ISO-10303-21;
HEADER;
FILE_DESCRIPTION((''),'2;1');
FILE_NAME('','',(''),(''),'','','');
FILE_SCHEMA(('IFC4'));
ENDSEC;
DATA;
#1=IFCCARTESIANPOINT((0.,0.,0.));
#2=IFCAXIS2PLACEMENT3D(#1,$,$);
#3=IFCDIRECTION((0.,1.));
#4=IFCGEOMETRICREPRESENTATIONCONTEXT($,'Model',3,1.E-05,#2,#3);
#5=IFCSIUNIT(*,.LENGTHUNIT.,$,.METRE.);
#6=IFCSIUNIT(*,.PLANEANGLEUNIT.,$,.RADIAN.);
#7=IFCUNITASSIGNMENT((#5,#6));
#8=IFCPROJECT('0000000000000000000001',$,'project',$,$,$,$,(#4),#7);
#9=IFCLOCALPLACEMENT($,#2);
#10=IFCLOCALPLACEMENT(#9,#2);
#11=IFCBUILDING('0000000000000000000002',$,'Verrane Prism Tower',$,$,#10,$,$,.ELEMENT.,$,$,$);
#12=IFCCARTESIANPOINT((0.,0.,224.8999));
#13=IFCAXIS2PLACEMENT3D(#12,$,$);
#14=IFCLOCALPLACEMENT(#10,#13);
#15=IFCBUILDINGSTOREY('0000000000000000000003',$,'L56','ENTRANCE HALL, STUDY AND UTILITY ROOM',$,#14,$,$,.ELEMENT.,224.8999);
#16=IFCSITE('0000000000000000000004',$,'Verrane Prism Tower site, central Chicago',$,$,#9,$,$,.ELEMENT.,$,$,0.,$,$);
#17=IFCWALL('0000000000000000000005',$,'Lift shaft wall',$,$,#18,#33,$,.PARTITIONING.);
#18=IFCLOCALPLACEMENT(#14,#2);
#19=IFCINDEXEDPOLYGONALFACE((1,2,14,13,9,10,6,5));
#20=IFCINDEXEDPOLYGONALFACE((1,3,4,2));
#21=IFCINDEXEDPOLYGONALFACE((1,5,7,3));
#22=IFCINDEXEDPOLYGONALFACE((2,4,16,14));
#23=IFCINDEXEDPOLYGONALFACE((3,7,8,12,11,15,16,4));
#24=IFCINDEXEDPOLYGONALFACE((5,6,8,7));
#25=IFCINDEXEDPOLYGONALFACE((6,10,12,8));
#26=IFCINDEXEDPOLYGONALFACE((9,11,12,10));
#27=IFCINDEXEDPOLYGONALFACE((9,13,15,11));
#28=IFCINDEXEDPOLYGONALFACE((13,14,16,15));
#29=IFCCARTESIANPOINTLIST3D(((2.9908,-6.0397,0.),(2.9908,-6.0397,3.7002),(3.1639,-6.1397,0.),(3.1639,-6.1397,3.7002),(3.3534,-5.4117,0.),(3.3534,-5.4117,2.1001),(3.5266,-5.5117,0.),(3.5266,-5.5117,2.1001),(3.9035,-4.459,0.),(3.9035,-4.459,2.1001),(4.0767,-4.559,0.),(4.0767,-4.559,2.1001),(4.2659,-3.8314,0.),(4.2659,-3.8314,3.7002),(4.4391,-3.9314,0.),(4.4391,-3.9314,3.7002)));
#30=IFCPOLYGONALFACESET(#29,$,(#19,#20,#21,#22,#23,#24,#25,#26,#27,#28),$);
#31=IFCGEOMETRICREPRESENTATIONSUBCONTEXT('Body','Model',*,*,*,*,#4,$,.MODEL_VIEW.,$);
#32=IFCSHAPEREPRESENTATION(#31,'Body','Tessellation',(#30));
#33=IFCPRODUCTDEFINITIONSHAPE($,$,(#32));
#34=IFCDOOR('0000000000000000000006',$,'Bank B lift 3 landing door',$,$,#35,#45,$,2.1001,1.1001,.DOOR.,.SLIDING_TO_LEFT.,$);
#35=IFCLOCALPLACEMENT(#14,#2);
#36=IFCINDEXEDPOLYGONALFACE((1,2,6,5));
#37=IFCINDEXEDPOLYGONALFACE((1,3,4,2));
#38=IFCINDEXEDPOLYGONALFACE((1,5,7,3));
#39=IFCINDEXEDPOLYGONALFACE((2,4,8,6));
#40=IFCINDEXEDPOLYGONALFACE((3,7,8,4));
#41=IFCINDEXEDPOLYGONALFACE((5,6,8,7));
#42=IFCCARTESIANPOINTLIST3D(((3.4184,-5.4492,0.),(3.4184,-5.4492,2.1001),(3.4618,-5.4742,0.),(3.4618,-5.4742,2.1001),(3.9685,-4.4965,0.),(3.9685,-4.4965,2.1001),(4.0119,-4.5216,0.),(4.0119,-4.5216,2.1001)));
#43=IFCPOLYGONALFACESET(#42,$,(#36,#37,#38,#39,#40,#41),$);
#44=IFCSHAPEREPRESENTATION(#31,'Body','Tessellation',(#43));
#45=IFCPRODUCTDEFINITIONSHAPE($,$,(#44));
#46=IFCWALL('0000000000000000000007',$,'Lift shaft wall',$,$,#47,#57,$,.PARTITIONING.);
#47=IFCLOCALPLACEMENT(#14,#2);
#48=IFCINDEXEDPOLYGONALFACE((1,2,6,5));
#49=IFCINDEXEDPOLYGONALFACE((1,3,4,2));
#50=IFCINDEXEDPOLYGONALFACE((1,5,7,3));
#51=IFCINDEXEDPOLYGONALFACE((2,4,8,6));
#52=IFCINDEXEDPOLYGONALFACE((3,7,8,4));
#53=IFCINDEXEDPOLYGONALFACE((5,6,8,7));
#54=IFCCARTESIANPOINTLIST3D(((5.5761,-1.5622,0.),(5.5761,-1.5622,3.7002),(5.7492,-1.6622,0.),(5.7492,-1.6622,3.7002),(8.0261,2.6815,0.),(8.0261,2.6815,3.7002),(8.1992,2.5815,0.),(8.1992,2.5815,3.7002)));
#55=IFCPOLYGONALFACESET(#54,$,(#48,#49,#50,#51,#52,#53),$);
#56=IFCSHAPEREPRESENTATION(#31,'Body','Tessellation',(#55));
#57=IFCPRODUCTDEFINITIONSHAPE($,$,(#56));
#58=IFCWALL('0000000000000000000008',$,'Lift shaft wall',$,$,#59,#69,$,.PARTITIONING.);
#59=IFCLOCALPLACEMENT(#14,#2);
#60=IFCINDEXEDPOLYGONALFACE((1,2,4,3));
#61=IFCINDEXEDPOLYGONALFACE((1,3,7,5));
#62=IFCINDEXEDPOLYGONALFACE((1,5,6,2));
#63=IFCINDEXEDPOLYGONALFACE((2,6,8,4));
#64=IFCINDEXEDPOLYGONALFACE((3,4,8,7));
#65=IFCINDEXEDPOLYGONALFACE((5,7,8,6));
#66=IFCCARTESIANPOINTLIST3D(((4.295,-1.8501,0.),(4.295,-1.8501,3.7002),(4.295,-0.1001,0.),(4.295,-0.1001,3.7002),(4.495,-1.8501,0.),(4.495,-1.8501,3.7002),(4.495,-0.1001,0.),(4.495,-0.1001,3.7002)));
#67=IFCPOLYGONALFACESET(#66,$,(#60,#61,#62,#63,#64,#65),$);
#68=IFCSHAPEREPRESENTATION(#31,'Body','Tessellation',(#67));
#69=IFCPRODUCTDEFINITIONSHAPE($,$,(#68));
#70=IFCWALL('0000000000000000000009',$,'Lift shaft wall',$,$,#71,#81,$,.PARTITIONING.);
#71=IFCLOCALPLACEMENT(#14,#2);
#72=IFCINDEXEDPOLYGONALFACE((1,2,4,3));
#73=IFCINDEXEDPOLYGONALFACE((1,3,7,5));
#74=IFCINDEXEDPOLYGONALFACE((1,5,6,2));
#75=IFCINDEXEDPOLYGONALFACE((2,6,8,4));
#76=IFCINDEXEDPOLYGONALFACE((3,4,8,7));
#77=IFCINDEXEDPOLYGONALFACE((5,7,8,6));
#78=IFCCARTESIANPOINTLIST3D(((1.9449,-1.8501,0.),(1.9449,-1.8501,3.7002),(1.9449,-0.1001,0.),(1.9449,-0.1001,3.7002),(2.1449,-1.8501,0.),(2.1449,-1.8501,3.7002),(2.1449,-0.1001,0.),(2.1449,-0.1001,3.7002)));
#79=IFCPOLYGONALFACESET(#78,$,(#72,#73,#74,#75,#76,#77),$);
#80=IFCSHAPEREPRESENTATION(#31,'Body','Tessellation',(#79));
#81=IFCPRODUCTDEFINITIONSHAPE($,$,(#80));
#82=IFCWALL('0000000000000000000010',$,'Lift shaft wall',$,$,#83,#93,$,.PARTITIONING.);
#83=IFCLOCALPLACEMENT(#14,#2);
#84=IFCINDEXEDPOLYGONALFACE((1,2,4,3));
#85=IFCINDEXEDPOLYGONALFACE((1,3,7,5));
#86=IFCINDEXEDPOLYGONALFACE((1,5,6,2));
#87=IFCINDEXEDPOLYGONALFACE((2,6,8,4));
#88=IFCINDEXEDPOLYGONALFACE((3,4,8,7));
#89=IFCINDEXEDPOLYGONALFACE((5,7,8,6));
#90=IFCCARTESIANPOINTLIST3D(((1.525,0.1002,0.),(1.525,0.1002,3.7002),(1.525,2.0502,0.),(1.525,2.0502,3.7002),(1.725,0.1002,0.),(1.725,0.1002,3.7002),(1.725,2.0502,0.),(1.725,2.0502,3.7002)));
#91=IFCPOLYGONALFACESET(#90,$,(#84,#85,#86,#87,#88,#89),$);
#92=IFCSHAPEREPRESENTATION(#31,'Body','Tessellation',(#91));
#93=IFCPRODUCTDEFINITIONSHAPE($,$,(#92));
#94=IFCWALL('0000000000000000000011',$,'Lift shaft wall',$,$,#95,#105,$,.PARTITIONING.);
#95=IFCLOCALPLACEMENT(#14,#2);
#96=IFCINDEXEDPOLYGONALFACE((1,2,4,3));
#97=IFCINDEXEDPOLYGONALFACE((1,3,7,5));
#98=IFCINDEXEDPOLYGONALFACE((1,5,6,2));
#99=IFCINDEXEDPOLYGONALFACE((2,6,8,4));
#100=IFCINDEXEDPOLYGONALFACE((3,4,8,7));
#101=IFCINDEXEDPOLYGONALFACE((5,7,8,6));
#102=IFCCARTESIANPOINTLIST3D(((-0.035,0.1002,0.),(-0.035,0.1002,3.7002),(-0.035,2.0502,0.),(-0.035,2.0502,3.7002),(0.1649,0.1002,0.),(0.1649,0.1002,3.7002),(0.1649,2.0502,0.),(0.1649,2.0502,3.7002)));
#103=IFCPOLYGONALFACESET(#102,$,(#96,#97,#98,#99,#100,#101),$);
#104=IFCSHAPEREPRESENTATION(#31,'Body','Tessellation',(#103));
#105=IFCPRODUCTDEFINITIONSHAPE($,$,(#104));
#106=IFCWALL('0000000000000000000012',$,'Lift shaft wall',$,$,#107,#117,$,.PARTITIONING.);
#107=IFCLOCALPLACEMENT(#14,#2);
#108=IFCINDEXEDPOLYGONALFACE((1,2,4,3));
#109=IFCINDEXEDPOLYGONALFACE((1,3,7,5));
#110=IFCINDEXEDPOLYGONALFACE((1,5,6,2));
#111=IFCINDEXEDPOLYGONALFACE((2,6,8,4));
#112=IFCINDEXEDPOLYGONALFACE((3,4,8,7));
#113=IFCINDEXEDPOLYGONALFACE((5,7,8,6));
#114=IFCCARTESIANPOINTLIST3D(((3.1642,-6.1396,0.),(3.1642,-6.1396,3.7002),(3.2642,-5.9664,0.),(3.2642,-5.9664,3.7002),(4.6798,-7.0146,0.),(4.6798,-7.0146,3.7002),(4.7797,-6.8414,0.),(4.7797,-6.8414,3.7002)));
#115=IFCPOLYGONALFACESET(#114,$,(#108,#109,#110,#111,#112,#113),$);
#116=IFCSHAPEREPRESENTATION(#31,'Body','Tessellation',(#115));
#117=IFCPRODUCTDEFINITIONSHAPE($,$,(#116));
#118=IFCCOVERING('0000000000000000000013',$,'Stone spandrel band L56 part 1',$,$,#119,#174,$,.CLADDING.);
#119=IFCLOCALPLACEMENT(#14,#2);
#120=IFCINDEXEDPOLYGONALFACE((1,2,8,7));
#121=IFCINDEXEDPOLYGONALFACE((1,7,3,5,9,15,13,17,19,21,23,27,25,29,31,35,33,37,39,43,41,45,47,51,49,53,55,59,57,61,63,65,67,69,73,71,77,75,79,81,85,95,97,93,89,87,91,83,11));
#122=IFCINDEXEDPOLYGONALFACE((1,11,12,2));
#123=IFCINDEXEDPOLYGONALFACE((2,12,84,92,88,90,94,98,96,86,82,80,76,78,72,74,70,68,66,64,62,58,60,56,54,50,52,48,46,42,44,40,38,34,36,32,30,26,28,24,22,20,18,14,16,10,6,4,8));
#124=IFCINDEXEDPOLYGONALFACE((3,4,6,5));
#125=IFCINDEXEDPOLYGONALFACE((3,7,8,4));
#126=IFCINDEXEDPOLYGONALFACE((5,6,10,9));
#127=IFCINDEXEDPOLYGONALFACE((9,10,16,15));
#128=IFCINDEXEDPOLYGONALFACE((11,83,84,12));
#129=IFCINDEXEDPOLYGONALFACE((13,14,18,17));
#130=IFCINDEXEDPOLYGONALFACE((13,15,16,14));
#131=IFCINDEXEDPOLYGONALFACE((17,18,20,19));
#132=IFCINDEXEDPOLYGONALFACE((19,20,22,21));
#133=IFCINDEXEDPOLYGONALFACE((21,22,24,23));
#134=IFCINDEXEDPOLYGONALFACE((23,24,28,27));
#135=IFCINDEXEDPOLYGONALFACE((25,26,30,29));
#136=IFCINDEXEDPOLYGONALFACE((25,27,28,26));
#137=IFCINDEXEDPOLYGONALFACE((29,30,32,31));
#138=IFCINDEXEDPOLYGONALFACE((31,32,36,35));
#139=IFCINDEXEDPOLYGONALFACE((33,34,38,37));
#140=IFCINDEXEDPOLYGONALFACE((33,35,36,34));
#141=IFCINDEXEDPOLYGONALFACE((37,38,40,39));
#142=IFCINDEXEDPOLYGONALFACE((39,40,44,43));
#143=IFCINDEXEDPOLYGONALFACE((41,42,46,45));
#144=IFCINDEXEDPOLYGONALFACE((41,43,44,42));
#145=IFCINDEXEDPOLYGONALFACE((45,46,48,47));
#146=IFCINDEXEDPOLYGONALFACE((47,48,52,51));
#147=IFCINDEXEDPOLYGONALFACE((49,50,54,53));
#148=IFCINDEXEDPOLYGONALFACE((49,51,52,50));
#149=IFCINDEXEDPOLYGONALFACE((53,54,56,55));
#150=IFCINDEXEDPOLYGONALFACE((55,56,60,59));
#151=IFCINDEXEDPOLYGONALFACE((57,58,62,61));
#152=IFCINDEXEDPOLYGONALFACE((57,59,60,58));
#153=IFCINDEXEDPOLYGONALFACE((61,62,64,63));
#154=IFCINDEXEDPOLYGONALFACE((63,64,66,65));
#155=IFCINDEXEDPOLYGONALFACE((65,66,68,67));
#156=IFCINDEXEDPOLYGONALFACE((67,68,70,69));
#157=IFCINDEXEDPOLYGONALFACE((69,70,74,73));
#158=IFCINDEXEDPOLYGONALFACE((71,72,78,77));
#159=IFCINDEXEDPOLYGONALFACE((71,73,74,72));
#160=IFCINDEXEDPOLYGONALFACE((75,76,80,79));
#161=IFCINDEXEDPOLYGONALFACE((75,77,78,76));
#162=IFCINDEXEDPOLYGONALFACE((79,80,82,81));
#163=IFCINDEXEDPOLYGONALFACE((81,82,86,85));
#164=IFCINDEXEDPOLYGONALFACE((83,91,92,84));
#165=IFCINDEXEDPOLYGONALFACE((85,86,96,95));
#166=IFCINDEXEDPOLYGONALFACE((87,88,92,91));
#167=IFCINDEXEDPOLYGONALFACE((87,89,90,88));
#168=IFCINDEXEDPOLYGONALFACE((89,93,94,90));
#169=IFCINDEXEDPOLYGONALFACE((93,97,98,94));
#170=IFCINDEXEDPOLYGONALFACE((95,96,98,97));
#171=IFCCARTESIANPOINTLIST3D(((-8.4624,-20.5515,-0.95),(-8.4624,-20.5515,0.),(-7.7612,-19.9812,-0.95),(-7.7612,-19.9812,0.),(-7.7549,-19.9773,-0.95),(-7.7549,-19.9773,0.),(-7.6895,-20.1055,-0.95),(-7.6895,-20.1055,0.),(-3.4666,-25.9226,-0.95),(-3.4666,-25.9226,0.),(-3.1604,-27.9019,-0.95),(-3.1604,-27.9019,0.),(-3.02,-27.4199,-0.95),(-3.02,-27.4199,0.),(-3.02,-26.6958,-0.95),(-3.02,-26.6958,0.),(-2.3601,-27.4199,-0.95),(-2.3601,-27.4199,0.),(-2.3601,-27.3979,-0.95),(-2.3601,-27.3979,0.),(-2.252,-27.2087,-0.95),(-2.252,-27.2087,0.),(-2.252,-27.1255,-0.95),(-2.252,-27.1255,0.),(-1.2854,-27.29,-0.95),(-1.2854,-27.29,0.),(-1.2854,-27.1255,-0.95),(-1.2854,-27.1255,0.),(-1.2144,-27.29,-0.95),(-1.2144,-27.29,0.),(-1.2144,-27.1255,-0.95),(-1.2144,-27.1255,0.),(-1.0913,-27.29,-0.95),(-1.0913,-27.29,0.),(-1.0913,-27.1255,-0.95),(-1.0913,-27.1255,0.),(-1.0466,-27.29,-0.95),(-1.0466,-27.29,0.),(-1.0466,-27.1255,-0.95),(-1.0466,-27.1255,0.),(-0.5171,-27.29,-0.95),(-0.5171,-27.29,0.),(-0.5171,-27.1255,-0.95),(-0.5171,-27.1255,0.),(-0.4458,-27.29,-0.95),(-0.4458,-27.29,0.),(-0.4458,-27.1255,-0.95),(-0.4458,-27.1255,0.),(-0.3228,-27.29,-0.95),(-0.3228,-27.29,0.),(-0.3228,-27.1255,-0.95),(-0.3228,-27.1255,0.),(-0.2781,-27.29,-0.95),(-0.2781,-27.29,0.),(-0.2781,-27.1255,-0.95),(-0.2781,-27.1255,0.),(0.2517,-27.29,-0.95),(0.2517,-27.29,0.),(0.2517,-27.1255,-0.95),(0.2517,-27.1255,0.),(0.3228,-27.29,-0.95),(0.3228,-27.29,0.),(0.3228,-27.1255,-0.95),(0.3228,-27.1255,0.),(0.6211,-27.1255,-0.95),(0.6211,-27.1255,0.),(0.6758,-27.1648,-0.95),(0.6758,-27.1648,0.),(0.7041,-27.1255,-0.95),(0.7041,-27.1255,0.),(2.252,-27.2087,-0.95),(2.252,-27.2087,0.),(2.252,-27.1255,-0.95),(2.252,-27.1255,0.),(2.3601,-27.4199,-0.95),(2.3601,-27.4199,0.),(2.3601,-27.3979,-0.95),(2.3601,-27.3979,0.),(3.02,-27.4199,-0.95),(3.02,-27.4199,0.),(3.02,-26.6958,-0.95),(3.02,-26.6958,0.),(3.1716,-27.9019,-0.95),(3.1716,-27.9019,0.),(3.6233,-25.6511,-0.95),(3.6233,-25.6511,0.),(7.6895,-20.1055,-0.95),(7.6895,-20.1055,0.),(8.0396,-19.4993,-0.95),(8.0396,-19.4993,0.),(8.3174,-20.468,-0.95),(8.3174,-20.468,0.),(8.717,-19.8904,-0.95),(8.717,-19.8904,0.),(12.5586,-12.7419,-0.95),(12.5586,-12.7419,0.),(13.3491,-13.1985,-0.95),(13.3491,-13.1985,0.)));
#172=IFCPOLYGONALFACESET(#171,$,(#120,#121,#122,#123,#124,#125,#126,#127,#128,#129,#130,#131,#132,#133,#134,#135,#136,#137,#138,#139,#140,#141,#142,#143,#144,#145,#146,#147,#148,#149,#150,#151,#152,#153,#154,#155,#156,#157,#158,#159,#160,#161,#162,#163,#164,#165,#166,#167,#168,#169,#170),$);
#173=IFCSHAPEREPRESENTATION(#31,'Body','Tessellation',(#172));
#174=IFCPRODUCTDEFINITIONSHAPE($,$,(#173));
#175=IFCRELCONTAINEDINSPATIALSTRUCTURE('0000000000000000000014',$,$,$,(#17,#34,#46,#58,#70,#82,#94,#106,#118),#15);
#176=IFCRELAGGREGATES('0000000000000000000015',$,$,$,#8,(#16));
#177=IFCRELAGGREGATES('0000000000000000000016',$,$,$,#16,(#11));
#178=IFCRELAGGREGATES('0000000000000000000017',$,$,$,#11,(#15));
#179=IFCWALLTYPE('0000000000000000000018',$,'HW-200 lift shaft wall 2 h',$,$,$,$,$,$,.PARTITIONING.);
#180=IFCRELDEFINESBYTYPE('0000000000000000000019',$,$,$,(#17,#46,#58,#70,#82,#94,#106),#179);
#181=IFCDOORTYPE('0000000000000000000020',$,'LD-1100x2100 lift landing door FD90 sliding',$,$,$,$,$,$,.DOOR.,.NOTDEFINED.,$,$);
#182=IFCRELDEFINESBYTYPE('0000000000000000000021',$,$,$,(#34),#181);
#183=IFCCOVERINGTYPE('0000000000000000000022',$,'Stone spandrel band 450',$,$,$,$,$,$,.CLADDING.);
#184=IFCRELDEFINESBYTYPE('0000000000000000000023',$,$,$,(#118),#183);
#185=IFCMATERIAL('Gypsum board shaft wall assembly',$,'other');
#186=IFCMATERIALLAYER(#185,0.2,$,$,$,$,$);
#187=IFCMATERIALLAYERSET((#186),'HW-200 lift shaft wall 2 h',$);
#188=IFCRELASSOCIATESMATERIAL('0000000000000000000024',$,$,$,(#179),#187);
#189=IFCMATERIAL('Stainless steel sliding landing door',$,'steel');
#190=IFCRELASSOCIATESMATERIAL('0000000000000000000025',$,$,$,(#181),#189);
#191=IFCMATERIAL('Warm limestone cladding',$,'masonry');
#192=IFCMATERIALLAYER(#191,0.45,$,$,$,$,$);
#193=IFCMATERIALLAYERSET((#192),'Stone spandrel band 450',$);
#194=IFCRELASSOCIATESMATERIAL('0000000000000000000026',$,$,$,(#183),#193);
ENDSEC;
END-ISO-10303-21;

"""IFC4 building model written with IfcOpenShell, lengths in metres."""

from ifc_helpers import new_model, si_unit, direction, frame, frame_2d, origin, place, context, subcontext, project, spatial, polyline, rectangle, outline, extrude, material, layer, layer_set, type_object, element, fill, save


model = new_model("IFC4")

# Units and contexts
model_context = context("Model", 3, precision=1e-05, world=origin(), true_north=direction((0.0, 1.0)))
body_context = subcontext(model_context, "Body", "Model", "MODEL_VIEW")
ifc_project = project(units=[si_unit("LENGTHUNIT", "METRE"), si_unit("PLANEANGLEUNIT", "RADIAN")], contexts=[model_context])

# Site, building, storey
site_placement = place(None, origin())
site = spatial("IfcSite", under=ifc_project, at=site_placement, Name="Verrane Prism Tower site, central Chicago", CompositionType="ELEMENT", RefElevation=0.0)
building_placement = place(site_placement, origin())
building = spatial("IfcBuilding", under=site, at=building_placement, Name="Verrane Prism Tower", CompositionType="ELEMENT")
storey_placement = place(building_placement, frame((0.0, 0.0, 224.8999)))
storey = spatial("IfcBuildingStorey", under=building, at=storey_placement, Name="L56", Description="ENTRANCE HALL, STUDY AND UTILITY ROOM", CompositionType="ELEMENT", Elevation=224.8999)

# Wall, opening, door
ifc_material_1 = material(Name="Gypsum board shaft wall assembly", Category="other")
ifc_layer_1 = layer(ifc_material_1, 0.2)
ifc_layer_set_1 = layer_set([ifc_layer_1], Name="HW-200 lift shaft wall 2 h")
wall_type = type_object("IfcWallType", Name="HW-200 lift shaft wall 2 h", PredefinedType="PARTITIONING", material=ifc_layer_set_1)
wall_1_placement = place(storey_placement, frame((3.0774, -6.0896, 0.0), z_axis=(0.0, 0.0, 1.0), x_axis=(0.500062, 0.865989, 0.0)))
wall_1 = element("IfcWall", 1, at=wall_1_placement, inside=storey, type_object=wall_type, Name="Lift shaft wall", PredefinedType="PARTITIONING", context=body_context, shape_type="SweptSolid", body=[
    extrude(rectangle(XDim=2.55, YDim=0.2, at=frame_2d((1.2749, 0.0))), origin(), (0.0, 0.0, 1.0), 3.7002),
])
opening_placement = place(wall_1_placement, frame((0.7251, 0.0, 0.0)))
opening = element("IfcOpeningElement", 2, at=opening_placement, cuts=wall_1, PredefinedType="OPENING", context=body_context, shape_type="SweptSolid", body=[
    extrude(rectangle(XDim=1.1001, YDim=2.1001, at=frame_2d((0.55, 1.05))), frame((0.0, 0.1099, 0.0), z_axis=(0.0, -1.0, 0.0), x_axis=(1.0, 0.0, 0.0)), (0.0, 0.0, 1.0), 0.22),
])
ifc_material_2 = material(Name="Stainless steel sliding landing door", Category="steel")
door_type = type_object("IfcDoorType", Name="LD-1100x2100 lift landing door FD90 sliding", OperationType="NOTDEFINED", PredefinedType="DOOR", material=ifc_material_2)
door_placement = place(opening_placement, origin())
door = element("IfcDoor", 3, at=door_placement, inside=storey, type_object=door_type, Name="Bank B lift 3 landing door", OperationType="SLIDING_TO_LEFT", OverallHeight=2.1001, OverallWidth=1.1001, PredefinedType="DOOR", context=body_context, shape_type="SweptSolid", body=[
    extrude(rectangle(XDim=1.1001, YDim=2.1001, at=frame_2d((0.55, 1.05))), frame((0.0, 0.0249, 0.0), z_axis=(0.0, -1.0, 0.0), x_axis=(1.0, 0.0, 0.0)), (0.0, 0.0, 1.0), 0.05),
])
fill(opening, door)

# Walls
wall_2_placement = place(storey_placement, frame((5.6626, -1.6123, 0.0), z_axis=(0.0, 0.0, 1.0), x_axis=(0.499981, 0.866036, 0.0)))
element("IfcWall", 4, at=wall_2_placement, inside=storey, type_object=wall_type, Name="Lift shaft wall", PredefinedType="PARTITIONING", context=body_context, shape_type="SweptSolid", body=[
    extrude(rectangle(XDim=4.9001, YDim=0.2, at=frame_2d((2.4502, 0.0))), origin(), (0.0, 0.0, 1.0), 3.7002),
])
for number, where, z_axis, x_axis, name in (
    (5, (4.395, -1.8501, 0.0), (0.0, 0.0, 1.0), (0.0, 1.0, 0.0), "Lift shaft wall"),
    (6, (2.0449, -1.8501, 0.0), (0.0, 0.0, 1.0), (0.0, 1.0, 0.0), "Lift shaft wall"),
):
    element("IfcWall", number, at=place(storey_placement, frame(where, z_axis=z_axis, x_axis=x_axis)), inside=storey, type_object=wall_type, Name=name, PredefinedType="PARTITIONING", context=body_context, shape_type="SweptSolid", body=[
        extrude(rectangle(XDim=1.75, YDim=0.2, at=frame_2d((0.875, 0.0))), origin(), (0.0, 0.0, 1.0), 3.7002),
    ])
for number, where, z_axis, x_axis, name in (
    (7, (1.625, 0.1001, 0.0), (0.0, 0.0, 1.0), (0.0, 1.0, 0.0), "Lift shaft wall"),
    (8, (0.0649, 0.1001, 0.0), (0.0, 0.0, 1.0), (0.0, 1.0, 0.0), "Lift shaft wall"),
):
    element("IfcWall", number, at=place(storey_placement, frame(where, z_axis=z_axis, x_axis=x_axis)), inside=storey, type_object=wall_type, Name=name, PredefinedType="PARTITIONING", context=body_context, shape_type="SweptSolid", body=[
        extrude(rectangle(XDim=1.95, YDim=0.2, at=frame_2d((0.9751, 0.0))), origin(), (0.0, 0.0, 1.0), 3.7002),
    ])
wall_3_placement = place(storey_placement, frame((4.7297, -6.928, 0.0), z_axis=(0.0, 0.0, 1.0), x_axis=(-0.866037, 0.49998, 0.0)))
element("IfcWall", 9, at=wall_3_placement, inside=storey, type_object=wall_type, Name="Lift shaft wall", PredefinedType="PARTITIONING", context=body_context, shape_type="SweptSolid", body=[
    extrude(rectangle(XDim=1.75, YDim=0.2, at=frame_2d((0.875, 0.0))), origin(), (0.0, 0.0, 1.0), 3.7002),
])

# Covering
ifc_material_3 = material(Name="Warm limestone cladding", Category="masonry")
ifc_layer_2 = layer(ifc_material_3, 0.45)
ifc_layer_set_2 = layer_set([ifc_layer_2], Name="Stone spandrel band 450")
covering_type = type_object("IfcCoveringType", Name="Stone spandrel band 450", PredefinedType="CLADDING", material=ifc_layer_set_2)
covering_1_placement = place(storey_placement, frame((0.0, 0.0, -0.95)))
element("IfcCovering", 10, at=covering_1_placement, inside=storey, type_object=covering_type, Name="Stone spandrel band L56 part 1", PredefinedType="CLADDING", context=body_context, shape_type="SweptSolid", body=[
    extrude(outline(polyline([(-7.6895, -20.1055), (-8.4624, -20.5515), (-3.1604, -27.9019), (3.1716, -27.9019), (8.3174, -20.468), (7.6895, -20.1055), (8.0396, -19.4993), (8.717, -19.8904), (13.3491, -13.1985), (12.5586, -12.7419), (3.6233, -25.6511), (3.02, -26.6958), (3.02, -27.4199), (2.3601, -27.4199), (2.3601, -27.3979), (2.252, -27.2087), (2.252, -27.1255), (0.7041, -27.1255), (0.6758, -27.1648), (0.6211, -27.1255), (0.3228, -27.1255), (0.3228, -27.29), (0.2517, -27.29), (0.2517, -27.1255), (-0.2781, -27.1255), (-0.2781, -27.29), (-0.3228, -27.29), (-0.3228, -27.1255), (-0.4458, -27.1255), (-0.4458, -27.29), (-0.5171, -27.29), (-0.5171, -27.1255), (-1.0466, -27.1255), (-1.0466, -27.29), (-1.0913, -27.29), (-1.0913, -27.1255), (-1.2144, -27.1255), (-1.2144, -27.29), (-1.2854, -27.29), (-1.2854, -27.1255), (-2.252, -27.1255), (-2.252, -27.2087), (-2.3601, -27.3979), (-2.3601, -27.4199), (-3.02, -27.4199), (-3.02, -26.6958), (-3.4666, -25.9226), (-7.7549, -19.9773), (-7.7612, -19.9812), (-7.6895, -20.1055)])), origin(), (0.0, 0.0, 1.0), 0.95),
])

save(model, "model.ifc")
